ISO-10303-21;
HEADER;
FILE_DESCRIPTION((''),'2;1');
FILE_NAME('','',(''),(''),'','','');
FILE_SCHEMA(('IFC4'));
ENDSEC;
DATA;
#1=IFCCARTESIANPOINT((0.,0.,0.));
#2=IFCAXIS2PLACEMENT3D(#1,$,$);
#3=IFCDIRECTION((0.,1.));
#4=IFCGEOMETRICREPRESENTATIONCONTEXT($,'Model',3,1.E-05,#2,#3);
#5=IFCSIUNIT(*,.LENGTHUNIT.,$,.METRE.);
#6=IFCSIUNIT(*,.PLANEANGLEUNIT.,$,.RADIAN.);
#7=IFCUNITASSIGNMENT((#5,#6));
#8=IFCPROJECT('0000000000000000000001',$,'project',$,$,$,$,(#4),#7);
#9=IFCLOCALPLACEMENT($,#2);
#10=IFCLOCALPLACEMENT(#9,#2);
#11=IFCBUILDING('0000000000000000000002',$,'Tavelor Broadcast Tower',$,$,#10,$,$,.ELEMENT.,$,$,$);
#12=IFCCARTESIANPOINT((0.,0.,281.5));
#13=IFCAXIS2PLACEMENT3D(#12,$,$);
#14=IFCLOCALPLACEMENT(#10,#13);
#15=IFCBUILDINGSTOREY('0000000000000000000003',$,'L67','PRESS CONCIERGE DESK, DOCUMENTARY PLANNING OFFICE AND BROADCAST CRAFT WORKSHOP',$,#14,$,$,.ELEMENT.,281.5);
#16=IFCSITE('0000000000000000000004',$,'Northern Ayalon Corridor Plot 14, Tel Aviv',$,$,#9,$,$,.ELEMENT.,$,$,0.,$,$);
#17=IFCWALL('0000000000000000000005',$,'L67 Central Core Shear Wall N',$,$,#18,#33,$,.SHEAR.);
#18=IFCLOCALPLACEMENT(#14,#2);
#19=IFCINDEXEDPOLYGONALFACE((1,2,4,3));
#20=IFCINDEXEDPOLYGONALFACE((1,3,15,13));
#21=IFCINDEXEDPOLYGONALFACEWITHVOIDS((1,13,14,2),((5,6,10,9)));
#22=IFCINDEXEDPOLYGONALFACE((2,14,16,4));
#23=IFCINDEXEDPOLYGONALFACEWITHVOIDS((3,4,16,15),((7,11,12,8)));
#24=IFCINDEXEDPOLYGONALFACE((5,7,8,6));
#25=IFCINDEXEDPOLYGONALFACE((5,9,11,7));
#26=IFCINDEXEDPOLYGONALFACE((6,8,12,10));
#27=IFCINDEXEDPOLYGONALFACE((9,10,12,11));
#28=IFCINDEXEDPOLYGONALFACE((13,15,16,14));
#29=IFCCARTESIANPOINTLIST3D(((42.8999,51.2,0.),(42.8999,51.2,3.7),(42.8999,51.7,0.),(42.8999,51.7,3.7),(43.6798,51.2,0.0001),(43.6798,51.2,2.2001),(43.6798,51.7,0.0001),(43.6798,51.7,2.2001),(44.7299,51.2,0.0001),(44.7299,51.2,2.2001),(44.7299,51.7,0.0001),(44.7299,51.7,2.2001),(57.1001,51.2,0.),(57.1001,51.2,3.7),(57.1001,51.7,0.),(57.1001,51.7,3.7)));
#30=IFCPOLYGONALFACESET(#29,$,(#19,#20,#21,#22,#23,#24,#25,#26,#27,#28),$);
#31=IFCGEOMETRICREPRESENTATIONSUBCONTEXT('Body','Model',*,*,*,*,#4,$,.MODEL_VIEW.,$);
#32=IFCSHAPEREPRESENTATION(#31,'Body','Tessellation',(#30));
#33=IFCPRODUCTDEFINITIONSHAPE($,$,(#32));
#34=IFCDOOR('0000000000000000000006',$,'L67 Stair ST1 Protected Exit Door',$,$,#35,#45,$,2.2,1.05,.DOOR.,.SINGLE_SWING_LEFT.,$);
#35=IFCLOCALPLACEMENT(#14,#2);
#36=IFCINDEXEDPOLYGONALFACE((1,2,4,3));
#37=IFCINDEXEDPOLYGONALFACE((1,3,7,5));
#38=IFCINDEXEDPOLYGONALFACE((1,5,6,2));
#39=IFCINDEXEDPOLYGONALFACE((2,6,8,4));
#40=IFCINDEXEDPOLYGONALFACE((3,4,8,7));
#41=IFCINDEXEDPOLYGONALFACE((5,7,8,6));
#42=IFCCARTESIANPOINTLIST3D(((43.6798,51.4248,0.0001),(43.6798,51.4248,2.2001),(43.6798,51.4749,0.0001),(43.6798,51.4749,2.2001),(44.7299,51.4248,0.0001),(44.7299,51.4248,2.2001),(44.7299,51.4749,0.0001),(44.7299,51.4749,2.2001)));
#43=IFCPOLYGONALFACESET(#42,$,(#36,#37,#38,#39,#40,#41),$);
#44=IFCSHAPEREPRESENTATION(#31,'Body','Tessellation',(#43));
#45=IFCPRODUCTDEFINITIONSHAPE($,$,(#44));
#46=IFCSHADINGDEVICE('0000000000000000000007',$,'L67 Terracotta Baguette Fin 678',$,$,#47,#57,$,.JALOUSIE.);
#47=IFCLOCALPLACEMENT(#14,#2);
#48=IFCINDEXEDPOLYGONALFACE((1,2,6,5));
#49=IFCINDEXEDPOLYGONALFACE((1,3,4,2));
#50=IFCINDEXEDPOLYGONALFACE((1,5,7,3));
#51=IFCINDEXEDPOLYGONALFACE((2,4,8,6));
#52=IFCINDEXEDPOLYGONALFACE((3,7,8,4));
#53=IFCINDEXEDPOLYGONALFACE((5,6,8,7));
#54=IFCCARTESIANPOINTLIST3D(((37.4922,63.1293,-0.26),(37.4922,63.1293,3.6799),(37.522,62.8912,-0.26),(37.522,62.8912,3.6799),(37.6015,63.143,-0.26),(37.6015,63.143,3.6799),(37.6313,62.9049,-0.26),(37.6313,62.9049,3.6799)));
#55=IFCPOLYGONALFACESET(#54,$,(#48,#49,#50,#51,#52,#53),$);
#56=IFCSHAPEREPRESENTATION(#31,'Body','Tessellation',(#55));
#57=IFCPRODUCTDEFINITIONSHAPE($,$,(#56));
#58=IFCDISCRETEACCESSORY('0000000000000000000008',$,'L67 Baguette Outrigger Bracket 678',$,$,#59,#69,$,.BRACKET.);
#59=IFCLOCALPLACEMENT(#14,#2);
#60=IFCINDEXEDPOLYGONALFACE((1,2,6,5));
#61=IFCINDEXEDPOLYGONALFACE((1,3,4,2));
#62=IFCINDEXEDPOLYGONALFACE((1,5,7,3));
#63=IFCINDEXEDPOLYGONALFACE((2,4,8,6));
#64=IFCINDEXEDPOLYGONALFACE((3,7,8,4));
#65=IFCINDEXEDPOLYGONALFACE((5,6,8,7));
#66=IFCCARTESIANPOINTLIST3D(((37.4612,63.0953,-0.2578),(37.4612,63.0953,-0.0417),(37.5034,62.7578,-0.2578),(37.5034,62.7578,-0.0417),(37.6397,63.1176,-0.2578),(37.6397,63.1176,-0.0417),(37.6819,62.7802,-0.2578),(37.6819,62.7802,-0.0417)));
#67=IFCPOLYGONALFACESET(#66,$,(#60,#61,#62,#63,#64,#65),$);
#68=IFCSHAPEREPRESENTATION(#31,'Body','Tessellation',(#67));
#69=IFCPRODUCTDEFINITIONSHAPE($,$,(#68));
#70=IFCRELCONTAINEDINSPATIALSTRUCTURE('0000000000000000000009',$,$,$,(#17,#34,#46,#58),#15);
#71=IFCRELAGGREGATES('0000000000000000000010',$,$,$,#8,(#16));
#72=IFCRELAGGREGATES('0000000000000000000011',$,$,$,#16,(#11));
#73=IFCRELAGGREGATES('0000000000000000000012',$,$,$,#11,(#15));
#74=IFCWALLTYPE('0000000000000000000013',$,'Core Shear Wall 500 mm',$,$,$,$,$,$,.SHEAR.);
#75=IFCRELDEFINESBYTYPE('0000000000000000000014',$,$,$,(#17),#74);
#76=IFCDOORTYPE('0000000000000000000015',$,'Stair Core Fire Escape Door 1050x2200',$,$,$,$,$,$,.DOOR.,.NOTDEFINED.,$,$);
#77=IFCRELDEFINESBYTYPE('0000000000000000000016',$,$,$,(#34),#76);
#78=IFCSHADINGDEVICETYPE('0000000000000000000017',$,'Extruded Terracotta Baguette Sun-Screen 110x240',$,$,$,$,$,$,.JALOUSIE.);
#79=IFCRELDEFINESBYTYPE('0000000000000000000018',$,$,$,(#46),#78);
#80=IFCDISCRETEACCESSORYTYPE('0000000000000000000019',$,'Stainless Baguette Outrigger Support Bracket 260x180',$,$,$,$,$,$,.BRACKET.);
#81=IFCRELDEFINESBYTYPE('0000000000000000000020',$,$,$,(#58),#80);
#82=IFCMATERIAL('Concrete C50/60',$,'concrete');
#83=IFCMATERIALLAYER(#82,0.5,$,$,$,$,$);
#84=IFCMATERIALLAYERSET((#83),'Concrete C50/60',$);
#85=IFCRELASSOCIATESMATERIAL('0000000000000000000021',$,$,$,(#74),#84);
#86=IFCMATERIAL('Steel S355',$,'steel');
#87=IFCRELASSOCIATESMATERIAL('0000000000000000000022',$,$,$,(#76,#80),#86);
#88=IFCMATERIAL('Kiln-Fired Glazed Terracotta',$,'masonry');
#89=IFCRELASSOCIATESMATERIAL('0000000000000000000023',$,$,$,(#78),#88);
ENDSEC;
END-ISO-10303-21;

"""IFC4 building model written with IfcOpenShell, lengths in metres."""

from ifc_helpers import new_model, si_unit, direction, frame, frame_2d, origin, origin_2d, place, context, subcontext, project, spatial, rectangle, extrude, source, transform, mapped, material, layer, layer_set, type_object, type_shapes, element, fill, save


model = new_model("IFC4")

# Units and contexts
model_context = context("Model", 3, precision=1e-05, world=origin(), true_north=direction((0.0, 1.0)))
body_context = subcontext(model_context, "Body", "Model", "MODEL_VIEW")
ifc_project = project(units=[si_unit("LENGTHUNIT", "METRE"), si_unit("PLANEANGLEUNIT", "RADIAN")], contexts=[model_context])

# Site, building, storey
site_placement = place(None, origin())
site = spatial("IfcSite", under=ifc_project, at=site_placement, Name="Northern Ayalon Corridor Plot 14, Tel Aviv", CompositionType="ELEMENT", RefElevation=0.0)
building_placement = place(site_placement, origin())
building = spatial("IfcBuilding", under=site, at=building_placement, Name="Tavelor Broadcast Tower", CompositionType="ELEMENT")
storey_placement = place(building_placement, frame((0.0, 0.0, 281.5)))
storey = spatial("IfcBuildingStorey", under=building, at=storey_placement, Name="L67", Description="PRESS CONCIERGE DESK, DOCUMENTARY PLANNING OFFICE AND BROADCAST CRAFT WORKSHOP", CompositionType="ELEMENT", Elevation=281.5)

# Shared definitions
ifc_material_1 = material(Name="Steel S355", Category="steel")

# Wall, opening, door
ifc_material_2 = material(Name="Concrete C50/60", Category="concrete")
ifc_layer_1 = layer(ifc_material_2, 0.5)
ifc_layer_set_1 = layer_set([ifc_layer_1], Name="Concrete C50/60")
wall_type = type_object("IfcWallType", Name="Core Shear Wall 500 mm", PredefinedType="SHEAR", material=ifc_layer_set_1)
wall_placement = place(storey_placement, frame((42.8999, 51.45, 0.0), z_axis=(0.0, 0.0, 1.0), x_axis=(1.0, 0.0, 0.0)))
wall = element("IfcWall", 1, at=wall_placement, inside=storey, type_object=wall_type, Name="L67 Central Core Shear Wall N", PredefinedType="SHEAR", context=body_context, shape_type="SweptSolid", body=[
    extrude(rectangle(XDim=14.2002, YDim=0.5, at=frame_2d((7.1001, 0.0))), origin(), (0.0, 0.0, 1.0), 3.7),
])
opening_placement = place(wall_placement, frame((0.78, 0.0, 0.0)))
opening = element("IfcOpeningElement", 2, at=opening_placement, cuts=wall, PredefinedType="OPENING", context=body_context, shape_type="SweptSolid", body=[
    extrude(rectangle(XDim=1.05, YDim=2.2, at=frame_2d((0.5249, 1.1001))), frame((0.0, 0.26, 0.0), z_axis=(0.0, -1.0, 0.0), x_axis=(1.0, 0.0, 0.0)), (0.0, 0.0, 1.0), 0.52),
])
door_type = type_object("IfcDoorType", Name="Stair Core Fire Escape Door 1050x2200", OperationType="NOTDEFINED", PredefinedType="DOOR", material=ifc_material_1)
door_placement = place(opening_placement, origin())
door = element("IfcDoor", 3, at=door_placement, inside=storey, type_object=door_type, Name="L67 Stair ST1 Protected Exit Door", OperationType="SINGLE_SWING_LEFT", OverallHeight=2.2, OverallWidth=1.05, PredefinedType="DOOR", context=body_context, shape_type="SweptSolid", body=[
    extrude(rectangle(XDim=1.05, YDim=2.2, at=frame_2d((0.5249, 1.1001))), frame((0.0, 0.0249, 0.0), z_axis=(0.0, -1.0, 0.0), x_axis=(1.0, 0.0, 0.0)), (0.0, 0.0, 1.0), 0.05),
])
fill(opening, door)

# Shading device
ifc_material_3 = material(Name="Kiln-Fired Glazed Terracotta", Category="masonry")
shading_device_type = type_object("IfcShadingDeviceType", Name="Extruded Terracotta Baguette Sun-Screen 110x240", PredefinedType="JALOUSIE", material=ifc_material_3)
shared_shape_1 = source(origin(), body_context, "Body", "SweptSolid", [
    extrude(rectangle(XDim=0.1101, YDim=0.24, at=origin_2d()), origin(), (0.0, 0.0, 1.0), 3.9399),
])
type_shapes(shading_device_type, [shared_shape_1])
shading_device_placement = place(storey_placement, frame((37.5618, 63.0171, -0.26), z_axis=(0.0, 0.0, 1.0), x_axis=(-0.992267, -0.124121, 0.0)))
element("IfcShadingDevice", 4, at=shading_device_placement, inside=storey, type_object=shading_device_type, Name="L67 Terracotta Baguette Fin 678", PredefinedType="JALOUSIE", context=body_context, shape_type="MappedRepresentation", body=[
    mapped(shared_shape_1, transform((0.0, 0.0, 0.0), scale=1.0)),
])

# Discrete accessory
discrete_accessory_type = type_object("IfcDiscreteAccessoryType", Name="Stainless Baguette Outrigger Support Bracket 260x180", PredefinedType="BRACKET", material=ifc_material_1)
shared_shape_2 = source(origin(), body_context, "Body", "SweptSolid", [
    extrude(rectangle(XDim=0.1799, YDim=0.3401, at=origin_2d()), origin(), (0.0, 0.0, 1.0), 0.2161),
])
type_shapes(discrete_accessory_type, [shared_shape_2])
discrete_accessory_placement = place(storey_placement, frame((37.5715, 62.9377, -0.2578), z_axis=(0.0, 0.0, 1.0), x_axis=(-0.992267, -0.124121, 0.0)))
element("IfcDiscreteAccessory", 5, at=discrete_accessory_placement, inside=storey, type_object=discrete_accessory_type, Name="L67 Baguette Outrigger Bracket 678", PredefinedType="BRACKET", context=body_context, shape_type="MappedRepresentation", body=[
    mapped(shared_shape_2, transform((0.0, 0.0, 0.0), scale=1.0)),
])

save(model, "model.ifc")
